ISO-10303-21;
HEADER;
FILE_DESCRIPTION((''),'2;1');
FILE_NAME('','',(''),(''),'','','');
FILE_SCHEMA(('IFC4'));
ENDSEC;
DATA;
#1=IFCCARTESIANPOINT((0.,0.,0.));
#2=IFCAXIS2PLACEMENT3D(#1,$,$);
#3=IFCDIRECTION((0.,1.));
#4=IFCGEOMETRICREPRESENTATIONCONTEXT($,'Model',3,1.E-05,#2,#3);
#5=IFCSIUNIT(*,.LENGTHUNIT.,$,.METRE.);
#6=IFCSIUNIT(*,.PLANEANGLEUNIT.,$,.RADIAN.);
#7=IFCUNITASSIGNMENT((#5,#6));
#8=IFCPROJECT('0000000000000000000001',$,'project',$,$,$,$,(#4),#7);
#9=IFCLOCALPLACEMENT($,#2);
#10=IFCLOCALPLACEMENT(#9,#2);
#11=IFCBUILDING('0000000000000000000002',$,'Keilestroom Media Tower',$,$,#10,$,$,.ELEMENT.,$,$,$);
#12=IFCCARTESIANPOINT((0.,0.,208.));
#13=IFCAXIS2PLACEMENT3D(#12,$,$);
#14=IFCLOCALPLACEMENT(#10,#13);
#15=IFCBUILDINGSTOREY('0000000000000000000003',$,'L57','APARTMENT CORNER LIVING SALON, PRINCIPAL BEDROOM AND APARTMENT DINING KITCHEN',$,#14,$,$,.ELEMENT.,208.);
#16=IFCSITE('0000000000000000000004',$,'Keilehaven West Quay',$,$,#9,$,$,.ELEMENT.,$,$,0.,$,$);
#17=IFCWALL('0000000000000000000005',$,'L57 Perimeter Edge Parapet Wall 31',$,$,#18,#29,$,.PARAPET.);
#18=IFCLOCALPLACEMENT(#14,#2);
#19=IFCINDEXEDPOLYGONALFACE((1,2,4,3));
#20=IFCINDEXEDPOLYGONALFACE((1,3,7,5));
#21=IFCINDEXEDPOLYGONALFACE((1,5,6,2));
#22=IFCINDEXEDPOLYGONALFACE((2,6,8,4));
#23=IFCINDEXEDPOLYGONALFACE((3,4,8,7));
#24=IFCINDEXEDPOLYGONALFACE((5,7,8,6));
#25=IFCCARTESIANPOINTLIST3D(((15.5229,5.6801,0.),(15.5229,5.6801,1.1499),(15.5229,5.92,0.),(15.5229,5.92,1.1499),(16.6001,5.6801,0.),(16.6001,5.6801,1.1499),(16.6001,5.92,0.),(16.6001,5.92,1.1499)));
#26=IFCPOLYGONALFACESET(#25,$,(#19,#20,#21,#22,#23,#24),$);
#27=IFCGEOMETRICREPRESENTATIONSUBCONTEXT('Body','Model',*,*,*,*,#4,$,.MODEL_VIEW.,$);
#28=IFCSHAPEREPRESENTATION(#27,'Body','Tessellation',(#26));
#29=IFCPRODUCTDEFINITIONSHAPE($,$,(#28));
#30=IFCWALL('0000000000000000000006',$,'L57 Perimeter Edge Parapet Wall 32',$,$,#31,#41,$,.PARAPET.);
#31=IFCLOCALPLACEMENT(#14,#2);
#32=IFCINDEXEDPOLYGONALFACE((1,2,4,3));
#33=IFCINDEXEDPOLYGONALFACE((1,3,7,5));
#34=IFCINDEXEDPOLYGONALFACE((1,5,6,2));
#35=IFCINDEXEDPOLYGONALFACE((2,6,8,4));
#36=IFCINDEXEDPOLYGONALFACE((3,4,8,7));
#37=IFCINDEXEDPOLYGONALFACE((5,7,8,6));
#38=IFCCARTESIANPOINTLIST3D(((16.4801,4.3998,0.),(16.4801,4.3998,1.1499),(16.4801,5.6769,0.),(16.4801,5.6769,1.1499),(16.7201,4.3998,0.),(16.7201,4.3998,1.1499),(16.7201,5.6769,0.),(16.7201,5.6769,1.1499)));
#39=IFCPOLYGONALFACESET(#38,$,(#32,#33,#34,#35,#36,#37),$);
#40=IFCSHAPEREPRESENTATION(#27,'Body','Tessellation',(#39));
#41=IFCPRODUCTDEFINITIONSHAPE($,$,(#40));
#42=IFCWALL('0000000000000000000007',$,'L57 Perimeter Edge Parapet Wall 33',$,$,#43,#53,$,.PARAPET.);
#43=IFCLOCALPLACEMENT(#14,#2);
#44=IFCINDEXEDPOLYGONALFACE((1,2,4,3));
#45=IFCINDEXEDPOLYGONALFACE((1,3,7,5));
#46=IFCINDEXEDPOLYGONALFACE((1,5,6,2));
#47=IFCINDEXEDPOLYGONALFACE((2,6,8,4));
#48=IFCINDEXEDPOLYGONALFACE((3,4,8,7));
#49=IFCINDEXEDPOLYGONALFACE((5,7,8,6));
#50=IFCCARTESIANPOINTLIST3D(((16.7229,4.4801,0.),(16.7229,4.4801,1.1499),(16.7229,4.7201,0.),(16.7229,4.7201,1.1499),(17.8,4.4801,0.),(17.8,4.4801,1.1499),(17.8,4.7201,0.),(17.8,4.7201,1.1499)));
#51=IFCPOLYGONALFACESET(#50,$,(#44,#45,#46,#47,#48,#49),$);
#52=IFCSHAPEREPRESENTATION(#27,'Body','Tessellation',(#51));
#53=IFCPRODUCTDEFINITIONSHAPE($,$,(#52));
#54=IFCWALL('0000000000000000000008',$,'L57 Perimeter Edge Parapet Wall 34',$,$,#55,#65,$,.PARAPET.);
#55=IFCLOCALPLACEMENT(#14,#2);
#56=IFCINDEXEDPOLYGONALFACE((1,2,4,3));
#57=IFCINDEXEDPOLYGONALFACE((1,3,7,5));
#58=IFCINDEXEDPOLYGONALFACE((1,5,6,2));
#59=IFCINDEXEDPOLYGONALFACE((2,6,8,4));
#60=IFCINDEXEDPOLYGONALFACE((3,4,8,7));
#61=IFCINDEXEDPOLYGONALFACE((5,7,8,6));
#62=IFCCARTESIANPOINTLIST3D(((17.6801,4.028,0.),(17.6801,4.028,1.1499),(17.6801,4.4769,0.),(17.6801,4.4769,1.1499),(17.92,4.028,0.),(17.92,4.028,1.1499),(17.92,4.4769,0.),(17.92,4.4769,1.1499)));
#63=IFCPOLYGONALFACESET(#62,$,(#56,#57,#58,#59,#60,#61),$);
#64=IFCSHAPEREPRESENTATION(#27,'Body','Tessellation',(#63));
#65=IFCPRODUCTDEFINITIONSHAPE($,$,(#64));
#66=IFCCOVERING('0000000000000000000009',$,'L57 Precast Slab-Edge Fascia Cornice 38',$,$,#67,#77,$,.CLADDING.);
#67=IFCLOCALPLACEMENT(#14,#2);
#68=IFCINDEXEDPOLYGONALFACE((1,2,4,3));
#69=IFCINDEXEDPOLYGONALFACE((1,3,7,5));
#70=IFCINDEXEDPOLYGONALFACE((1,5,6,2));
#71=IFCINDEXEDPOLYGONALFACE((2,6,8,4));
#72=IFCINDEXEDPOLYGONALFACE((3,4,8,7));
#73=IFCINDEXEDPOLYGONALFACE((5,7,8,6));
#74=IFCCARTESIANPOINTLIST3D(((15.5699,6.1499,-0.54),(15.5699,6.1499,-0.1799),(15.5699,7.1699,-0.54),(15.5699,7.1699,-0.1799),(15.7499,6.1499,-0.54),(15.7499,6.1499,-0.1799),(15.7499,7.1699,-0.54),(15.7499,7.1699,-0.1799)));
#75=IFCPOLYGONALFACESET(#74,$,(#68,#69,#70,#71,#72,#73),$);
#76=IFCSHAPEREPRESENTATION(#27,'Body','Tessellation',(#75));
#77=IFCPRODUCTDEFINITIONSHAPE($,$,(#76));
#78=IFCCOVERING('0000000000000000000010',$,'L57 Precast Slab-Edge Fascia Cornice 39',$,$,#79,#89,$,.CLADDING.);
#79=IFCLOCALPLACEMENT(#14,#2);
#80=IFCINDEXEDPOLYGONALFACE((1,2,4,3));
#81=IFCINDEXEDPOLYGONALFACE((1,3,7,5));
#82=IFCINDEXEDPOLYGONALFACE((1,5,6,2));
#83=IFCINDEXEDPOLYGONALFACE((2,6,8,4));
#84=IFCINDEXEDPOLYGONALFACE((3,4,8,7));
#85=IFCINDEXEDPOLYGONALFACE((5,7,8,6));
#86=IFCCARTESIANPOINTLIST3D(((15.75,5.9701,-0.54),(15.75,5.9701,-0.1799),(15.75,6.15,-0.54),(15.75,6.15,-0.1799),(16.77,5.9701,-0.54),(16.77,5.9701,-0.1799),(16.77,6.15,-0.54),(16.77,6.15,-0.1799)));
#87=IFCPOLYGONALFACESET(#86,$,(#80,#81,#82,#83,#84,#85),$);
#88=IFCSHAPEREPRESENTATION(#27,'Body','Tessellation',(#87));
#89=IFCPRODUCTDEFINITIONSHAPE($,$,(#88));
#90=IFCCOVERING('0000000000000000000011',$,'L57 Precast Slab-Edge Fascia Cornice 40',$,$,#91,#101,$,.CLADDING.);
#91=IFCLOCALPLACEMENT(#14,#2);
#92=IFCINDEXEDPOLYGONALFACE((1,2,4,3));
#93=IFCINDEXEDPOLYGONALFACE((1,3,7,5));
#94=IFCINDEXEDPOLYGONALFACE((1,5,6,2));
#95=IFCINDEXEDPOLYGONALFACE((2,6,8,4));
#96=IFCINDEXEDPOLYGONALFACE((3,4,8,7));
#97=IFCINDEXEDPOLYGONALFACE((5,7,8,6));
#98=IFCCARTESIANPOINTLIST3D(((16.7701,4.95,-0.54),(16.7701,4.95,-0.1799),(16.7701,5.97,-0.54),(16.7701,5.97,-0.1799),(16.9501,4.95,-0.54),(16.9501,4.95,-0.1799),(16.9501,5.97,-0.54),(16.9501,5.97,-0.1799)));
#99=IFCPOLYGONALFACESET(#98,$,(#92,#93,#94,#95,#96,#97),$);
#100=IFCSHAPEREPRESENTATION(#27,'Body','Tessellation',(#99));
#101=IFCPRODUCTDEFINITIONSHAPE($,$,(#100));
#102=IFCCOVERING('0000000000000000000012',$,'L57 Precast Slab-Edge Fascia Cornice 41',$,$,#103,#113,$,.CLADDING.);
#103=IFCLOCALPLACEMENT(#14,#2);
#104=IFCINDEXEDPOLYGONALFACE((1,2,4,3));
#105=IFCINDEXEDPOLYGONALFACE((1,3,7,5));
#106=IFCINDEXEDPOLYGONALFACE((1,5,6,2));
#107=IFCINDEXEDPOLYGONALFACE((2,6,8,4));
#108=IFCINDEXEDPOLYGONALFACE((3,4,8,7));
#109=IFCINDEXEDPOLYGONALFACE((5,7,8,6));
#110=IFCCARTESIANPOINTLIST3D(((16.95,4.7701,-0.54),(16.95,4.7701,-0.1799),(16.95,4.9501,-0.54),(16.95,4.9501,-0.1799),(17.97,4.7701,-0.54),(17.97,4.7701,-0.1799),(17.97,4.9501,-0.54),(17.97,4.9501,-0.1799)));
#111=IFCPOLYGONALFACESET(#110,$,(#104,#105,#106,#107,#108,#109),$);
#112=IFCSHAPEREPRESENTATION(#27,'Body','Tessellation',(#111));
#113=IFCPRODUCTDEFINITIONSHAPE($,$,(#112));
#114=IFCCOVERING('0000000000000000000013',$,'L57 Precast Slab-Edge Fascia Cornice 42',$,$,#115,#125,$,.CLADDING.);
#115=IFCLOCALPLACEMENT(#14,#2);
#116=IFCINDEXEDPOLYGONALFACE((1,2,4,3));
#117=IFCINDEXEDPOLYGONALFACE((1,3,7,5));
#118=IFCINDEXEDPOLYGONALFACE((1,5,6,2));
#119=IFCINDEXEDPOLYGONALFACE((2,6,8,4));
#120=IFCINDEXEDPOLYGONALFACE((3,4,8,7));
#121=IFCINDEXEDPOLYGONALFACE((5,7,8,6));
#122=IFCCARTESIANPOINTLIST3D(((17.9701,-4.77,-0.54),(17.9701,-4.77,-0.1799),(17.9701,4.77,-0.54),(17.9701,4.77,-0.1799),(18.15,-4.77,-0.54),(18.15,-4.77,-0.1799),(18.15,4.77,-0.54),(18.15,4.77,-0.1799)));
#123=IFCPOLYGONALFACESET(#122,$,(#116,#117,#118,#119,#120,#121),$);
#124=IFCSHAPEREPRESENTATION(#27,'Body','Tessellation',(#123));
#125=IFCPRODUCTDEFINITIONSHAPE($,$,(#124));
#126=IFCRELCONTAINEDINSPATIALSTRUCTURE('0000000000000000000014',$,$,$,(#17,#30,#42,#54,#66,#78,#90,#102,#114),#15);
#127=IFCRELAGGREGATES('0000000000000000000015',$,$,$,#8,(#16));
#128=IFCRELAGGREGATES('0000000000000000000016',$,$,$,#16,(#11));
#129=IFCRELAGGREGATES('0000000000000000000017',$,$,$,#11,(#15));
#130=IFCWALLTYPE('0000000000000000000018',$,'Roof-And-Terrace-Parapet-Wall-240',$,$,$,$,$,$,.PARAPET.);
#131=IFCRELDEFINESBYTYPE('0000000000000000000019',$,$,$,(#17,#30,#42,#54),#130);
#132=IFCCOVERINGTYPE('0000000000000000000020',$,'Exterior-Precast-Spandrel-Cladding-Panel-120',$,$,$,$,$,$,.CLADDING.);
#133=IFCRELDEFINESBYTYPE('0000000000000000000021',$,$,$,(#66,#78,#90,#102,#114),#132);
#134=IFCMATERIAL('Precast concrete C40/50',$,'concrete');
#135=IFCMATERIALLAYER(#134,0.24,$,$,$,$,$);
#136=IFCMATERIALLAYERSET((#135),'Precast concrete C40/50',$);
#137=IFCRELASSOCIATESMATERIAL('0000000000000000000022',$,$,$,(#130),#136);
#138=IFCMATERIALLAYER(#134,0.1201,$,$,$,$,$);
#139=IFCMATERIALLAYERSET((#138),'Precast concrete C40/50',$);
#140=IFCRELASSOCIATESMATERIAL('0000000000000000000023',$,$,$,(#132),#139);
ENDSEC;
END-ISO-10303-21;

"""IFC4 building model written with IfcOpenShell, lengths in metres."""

from ifc_helpers import new_model, si_unit, direction, frame, frame_2d, origin, origin_2d, place, context, subcontext, project, spatial, rectangle, extrude, source, transform, mapped, material, layer, layer_set, type_object, element, save


model = new_model("IFC4")

# Units and contexts
model_context = context("Model", 3, precision=1e-05, world=origin(), true_north=direction((0.0, 1.0)))
body_context = subcontext(model_context, "Body", "Model", "MODEL_VIEW")
ifc_project = project(units=[si_unit("LENGTHUNIT", "METRE"), si_unit("PLANEANGLEUNIT", "RADIAN")], contexts=[model_context])

# Site, building, storey
site_placement = place(None, origin())
site = spatial("IfcSite", under=ifc_project, at=site_placement, Name="Keilehaven West Quay", CompositionType="ELEMENT", RefElevation=0.0)
building_placement = place(site_placement, origin())
building = spatial("IfcBuilding", under=site, at=building_placement, Name="Keilestroom Media Tower", CompositionType="ELEMENT")
storey_placement = place(building_placement, frame((0.0, 0.0, 208.0)))
storey = spatial("IfcBuildingStorey", under=building, at=storey_placement, Name="L57", Description="APARTMENT CORNER LIVING SALON, PRINCIPAL BEDROOM AND APARTMENT DINING KITCHEN", CompositionType="ELEMENT", Elevation=208.0)

# Shared definitions
ifc_material_1 = material(Name="Precast concrete C40/50", Category="concrete")

# Walls
ifc_layer_1 = layer(ifc_material_1, 0.24)
ifc_layer_set_1 = layer_set([ifc_layer_1], Name="Precast concrete C40/50")
wall_type_1 = type_object("IfcWallType", Name="Roof-And-Terrace-Parapet-Wall-240", PredefinedType="PARAPET", material=ifc_layer_set_1)
wall_1_placement = place(storey_placement, frame((15.5229, 5.8, 0.0), z_axis=(0.0, 0.0, 1.0), x_axis=(1.0, 0.0, 0.0)))
element("IfcWall", 1, at=wall_1_placement, inside=storey, type_object=wall_type_1, Name="L57 Perimeter Edge Parapet Wall 31", PredefinedType="PARAPET", context=body_context, shape_type="SweptSolid", body=[
    extrude(rectangle(XDim=1.0771, YDim=0.24, at=frame_2d((0.5386, 0.0))), origin(), (0.0, 0.0, 1.0), 1.1499),
])
wall_2_placement = place(storey_placement, frame((16.6001, 5.677, 0.0), z_axis=(0.0, 0.0, 1.0), x_axis=(0.0, -1.0, 0.0)))
element("IfcWall", 2, at=wall_2_placement, inside=storey, type_object=wall_type_1, Name="L57 Perimeter Edge Parapet Wall 32", PredefinedType="PARAPET", context=body_context, shape_type="SweptSolid", body=[
    extrude(rectangle(XDim=1.2771, YDim=0.24, at=frame_2d((0.6387, 0.0))), origin(), (0.0, 0.0, 1.0), 1.1499),
])
wall_3_placement = place(storey_placement, frame((16.7229, 4.6001, 0.0), z_axis=(0.0, 0.0, 1.0), x_axis=(1.0, 0.0, 0.0)))
element("IfcWall", 3, at=wall_3_placement, inside=storey, type_object=wall_type_1, Name="L57 Perimeter Edge Parapet Wall 33", PredefinedType="PARAPET", context=body_context, shape_type="SweptSolid", body=[
    extrude(rectangle(XDim=1.0771, YDim=0.24, at=frame_2d((0.5386, 0.0))), origin(), (0.0, 0.0, 1.0), 1.1499),
])
wall_4_placement = place(storey_placement, frame((17.8, 4.4771, 0.0), z_axis=(0.0, 0.0, 1.0), x_axis=(0.0, -1.0, 0.0)))
element("IfcWall", 4, at=wall_4_placement, inside=storey, type_object=wall_type_1, Name="L57 Perimeter Edge Parapet Wall 34", PredefinedType="PARAPET", context=body_context, shape_type="SweptSolid", body=[
    extrude(rectangle(XDim=0.449, YDim=0.24, at=frame_2d((0.2246, 0.0))), origin(), (0.0, 0.0, 1.0), 1.1499),
])

# Coverings
ifc_layer_2 = layer(ifc_material_1, 0.1201)
ifc_layer_set_2 = layer_set([ifc_layer_2], Name="Precast concrete C40/50")
covering_type = type_object("IfcCoveringType", Name="Exterior-Precast-Spandrel-Cladding-Panel-120", PredefinedType="CLADDING", material=ifc_layer_set_2)
shared_shape_1 = source(origin(), body_context, "Body", "SweptSolid", [
    extrude(rectangle(XDim=1.02, YDim=0.1799, at=origin_2d()), origin(), (0.0, 0.0, 1.0), 0.3601),
])
for number, where, z_axis, x_axis, name in (
    (5, (15.6599, 6.6599, -0.54), (0.0, 0.0, 1.0), (0.0, -1.0, 0.0), "L57 Precast Slab-Edge Fascia Cornice 38"),
    (6, (16.26, 6.0601, -0.54), (0.0, 0.0, 1.0), (1.0, 0.0, 0.0), "L57 Precast Slab-Edge Fascia Cornice 39"),
    (7, (16.8601, 5.46, -0.54), (0.0, 0.0, 1.0), (0.0, -1.0, 0.0), "L57 Precast Slab-Edge Fascia Cornice 40"),
    (8, (17.46, 4.8601, -0.54), (0.0, 0.0, 1.0), (1.0, 0.0, 0.0), "L57 Precast Slab-Edge Fascia Cornice 41"),
):
    element("IfcCovering", number, at=place(storey_placement, frame(where, z_axis=z_axis, x_axis=x_axis)), inside=storey, type_object=covering_type, Name=name, PredefinedType="CLADDING", context=body_context, shape_type="MappedRepresentation", body=[
        mapped(shared_shape_1, transform((0.0, 0.0, 0.0), x_axis=(1.0, 0.0, 0.0), y_axis=(0.0, 1.0, 0.0), z_axis=(0.0, 0.0, 1.0), scale=1.0)),
    ])
shared_shape_2 = source(origin(), body_context, "Body", "SweptSolid", [
    extrude(rectangle(XDim=9.54, YDim=0.1799, at=origin_2d()), origin(), (0.0, 0.0, 1.0), 0.3601),
])
covering_placement = place(storey_placement, frame((18.0601, 0.0, -0.54), z_axis=(0.0, 0.0, 1.0), x_axis=(0.0, -1.0, 0.0)))
element("IfcCovering", 9, at=covering_placement, inside=storey, type_object=covering_type, Name="L57 Precast Slab-Edge Fascia Cornice 42", PredefinedType="CLADDING", context=body_context, shape_type="MappedRepresentation", body=[
    mapped(shared_shape_2, transform((0.0, 0.0, 0.0), x_axis=(1.0, 0.0, 0.0), y_axis=(0.0, 1.0, 0.0), z_axis=(0.0, 0.0, 1.0), scale=1.0)),
])

save(model, "model.ifc")
